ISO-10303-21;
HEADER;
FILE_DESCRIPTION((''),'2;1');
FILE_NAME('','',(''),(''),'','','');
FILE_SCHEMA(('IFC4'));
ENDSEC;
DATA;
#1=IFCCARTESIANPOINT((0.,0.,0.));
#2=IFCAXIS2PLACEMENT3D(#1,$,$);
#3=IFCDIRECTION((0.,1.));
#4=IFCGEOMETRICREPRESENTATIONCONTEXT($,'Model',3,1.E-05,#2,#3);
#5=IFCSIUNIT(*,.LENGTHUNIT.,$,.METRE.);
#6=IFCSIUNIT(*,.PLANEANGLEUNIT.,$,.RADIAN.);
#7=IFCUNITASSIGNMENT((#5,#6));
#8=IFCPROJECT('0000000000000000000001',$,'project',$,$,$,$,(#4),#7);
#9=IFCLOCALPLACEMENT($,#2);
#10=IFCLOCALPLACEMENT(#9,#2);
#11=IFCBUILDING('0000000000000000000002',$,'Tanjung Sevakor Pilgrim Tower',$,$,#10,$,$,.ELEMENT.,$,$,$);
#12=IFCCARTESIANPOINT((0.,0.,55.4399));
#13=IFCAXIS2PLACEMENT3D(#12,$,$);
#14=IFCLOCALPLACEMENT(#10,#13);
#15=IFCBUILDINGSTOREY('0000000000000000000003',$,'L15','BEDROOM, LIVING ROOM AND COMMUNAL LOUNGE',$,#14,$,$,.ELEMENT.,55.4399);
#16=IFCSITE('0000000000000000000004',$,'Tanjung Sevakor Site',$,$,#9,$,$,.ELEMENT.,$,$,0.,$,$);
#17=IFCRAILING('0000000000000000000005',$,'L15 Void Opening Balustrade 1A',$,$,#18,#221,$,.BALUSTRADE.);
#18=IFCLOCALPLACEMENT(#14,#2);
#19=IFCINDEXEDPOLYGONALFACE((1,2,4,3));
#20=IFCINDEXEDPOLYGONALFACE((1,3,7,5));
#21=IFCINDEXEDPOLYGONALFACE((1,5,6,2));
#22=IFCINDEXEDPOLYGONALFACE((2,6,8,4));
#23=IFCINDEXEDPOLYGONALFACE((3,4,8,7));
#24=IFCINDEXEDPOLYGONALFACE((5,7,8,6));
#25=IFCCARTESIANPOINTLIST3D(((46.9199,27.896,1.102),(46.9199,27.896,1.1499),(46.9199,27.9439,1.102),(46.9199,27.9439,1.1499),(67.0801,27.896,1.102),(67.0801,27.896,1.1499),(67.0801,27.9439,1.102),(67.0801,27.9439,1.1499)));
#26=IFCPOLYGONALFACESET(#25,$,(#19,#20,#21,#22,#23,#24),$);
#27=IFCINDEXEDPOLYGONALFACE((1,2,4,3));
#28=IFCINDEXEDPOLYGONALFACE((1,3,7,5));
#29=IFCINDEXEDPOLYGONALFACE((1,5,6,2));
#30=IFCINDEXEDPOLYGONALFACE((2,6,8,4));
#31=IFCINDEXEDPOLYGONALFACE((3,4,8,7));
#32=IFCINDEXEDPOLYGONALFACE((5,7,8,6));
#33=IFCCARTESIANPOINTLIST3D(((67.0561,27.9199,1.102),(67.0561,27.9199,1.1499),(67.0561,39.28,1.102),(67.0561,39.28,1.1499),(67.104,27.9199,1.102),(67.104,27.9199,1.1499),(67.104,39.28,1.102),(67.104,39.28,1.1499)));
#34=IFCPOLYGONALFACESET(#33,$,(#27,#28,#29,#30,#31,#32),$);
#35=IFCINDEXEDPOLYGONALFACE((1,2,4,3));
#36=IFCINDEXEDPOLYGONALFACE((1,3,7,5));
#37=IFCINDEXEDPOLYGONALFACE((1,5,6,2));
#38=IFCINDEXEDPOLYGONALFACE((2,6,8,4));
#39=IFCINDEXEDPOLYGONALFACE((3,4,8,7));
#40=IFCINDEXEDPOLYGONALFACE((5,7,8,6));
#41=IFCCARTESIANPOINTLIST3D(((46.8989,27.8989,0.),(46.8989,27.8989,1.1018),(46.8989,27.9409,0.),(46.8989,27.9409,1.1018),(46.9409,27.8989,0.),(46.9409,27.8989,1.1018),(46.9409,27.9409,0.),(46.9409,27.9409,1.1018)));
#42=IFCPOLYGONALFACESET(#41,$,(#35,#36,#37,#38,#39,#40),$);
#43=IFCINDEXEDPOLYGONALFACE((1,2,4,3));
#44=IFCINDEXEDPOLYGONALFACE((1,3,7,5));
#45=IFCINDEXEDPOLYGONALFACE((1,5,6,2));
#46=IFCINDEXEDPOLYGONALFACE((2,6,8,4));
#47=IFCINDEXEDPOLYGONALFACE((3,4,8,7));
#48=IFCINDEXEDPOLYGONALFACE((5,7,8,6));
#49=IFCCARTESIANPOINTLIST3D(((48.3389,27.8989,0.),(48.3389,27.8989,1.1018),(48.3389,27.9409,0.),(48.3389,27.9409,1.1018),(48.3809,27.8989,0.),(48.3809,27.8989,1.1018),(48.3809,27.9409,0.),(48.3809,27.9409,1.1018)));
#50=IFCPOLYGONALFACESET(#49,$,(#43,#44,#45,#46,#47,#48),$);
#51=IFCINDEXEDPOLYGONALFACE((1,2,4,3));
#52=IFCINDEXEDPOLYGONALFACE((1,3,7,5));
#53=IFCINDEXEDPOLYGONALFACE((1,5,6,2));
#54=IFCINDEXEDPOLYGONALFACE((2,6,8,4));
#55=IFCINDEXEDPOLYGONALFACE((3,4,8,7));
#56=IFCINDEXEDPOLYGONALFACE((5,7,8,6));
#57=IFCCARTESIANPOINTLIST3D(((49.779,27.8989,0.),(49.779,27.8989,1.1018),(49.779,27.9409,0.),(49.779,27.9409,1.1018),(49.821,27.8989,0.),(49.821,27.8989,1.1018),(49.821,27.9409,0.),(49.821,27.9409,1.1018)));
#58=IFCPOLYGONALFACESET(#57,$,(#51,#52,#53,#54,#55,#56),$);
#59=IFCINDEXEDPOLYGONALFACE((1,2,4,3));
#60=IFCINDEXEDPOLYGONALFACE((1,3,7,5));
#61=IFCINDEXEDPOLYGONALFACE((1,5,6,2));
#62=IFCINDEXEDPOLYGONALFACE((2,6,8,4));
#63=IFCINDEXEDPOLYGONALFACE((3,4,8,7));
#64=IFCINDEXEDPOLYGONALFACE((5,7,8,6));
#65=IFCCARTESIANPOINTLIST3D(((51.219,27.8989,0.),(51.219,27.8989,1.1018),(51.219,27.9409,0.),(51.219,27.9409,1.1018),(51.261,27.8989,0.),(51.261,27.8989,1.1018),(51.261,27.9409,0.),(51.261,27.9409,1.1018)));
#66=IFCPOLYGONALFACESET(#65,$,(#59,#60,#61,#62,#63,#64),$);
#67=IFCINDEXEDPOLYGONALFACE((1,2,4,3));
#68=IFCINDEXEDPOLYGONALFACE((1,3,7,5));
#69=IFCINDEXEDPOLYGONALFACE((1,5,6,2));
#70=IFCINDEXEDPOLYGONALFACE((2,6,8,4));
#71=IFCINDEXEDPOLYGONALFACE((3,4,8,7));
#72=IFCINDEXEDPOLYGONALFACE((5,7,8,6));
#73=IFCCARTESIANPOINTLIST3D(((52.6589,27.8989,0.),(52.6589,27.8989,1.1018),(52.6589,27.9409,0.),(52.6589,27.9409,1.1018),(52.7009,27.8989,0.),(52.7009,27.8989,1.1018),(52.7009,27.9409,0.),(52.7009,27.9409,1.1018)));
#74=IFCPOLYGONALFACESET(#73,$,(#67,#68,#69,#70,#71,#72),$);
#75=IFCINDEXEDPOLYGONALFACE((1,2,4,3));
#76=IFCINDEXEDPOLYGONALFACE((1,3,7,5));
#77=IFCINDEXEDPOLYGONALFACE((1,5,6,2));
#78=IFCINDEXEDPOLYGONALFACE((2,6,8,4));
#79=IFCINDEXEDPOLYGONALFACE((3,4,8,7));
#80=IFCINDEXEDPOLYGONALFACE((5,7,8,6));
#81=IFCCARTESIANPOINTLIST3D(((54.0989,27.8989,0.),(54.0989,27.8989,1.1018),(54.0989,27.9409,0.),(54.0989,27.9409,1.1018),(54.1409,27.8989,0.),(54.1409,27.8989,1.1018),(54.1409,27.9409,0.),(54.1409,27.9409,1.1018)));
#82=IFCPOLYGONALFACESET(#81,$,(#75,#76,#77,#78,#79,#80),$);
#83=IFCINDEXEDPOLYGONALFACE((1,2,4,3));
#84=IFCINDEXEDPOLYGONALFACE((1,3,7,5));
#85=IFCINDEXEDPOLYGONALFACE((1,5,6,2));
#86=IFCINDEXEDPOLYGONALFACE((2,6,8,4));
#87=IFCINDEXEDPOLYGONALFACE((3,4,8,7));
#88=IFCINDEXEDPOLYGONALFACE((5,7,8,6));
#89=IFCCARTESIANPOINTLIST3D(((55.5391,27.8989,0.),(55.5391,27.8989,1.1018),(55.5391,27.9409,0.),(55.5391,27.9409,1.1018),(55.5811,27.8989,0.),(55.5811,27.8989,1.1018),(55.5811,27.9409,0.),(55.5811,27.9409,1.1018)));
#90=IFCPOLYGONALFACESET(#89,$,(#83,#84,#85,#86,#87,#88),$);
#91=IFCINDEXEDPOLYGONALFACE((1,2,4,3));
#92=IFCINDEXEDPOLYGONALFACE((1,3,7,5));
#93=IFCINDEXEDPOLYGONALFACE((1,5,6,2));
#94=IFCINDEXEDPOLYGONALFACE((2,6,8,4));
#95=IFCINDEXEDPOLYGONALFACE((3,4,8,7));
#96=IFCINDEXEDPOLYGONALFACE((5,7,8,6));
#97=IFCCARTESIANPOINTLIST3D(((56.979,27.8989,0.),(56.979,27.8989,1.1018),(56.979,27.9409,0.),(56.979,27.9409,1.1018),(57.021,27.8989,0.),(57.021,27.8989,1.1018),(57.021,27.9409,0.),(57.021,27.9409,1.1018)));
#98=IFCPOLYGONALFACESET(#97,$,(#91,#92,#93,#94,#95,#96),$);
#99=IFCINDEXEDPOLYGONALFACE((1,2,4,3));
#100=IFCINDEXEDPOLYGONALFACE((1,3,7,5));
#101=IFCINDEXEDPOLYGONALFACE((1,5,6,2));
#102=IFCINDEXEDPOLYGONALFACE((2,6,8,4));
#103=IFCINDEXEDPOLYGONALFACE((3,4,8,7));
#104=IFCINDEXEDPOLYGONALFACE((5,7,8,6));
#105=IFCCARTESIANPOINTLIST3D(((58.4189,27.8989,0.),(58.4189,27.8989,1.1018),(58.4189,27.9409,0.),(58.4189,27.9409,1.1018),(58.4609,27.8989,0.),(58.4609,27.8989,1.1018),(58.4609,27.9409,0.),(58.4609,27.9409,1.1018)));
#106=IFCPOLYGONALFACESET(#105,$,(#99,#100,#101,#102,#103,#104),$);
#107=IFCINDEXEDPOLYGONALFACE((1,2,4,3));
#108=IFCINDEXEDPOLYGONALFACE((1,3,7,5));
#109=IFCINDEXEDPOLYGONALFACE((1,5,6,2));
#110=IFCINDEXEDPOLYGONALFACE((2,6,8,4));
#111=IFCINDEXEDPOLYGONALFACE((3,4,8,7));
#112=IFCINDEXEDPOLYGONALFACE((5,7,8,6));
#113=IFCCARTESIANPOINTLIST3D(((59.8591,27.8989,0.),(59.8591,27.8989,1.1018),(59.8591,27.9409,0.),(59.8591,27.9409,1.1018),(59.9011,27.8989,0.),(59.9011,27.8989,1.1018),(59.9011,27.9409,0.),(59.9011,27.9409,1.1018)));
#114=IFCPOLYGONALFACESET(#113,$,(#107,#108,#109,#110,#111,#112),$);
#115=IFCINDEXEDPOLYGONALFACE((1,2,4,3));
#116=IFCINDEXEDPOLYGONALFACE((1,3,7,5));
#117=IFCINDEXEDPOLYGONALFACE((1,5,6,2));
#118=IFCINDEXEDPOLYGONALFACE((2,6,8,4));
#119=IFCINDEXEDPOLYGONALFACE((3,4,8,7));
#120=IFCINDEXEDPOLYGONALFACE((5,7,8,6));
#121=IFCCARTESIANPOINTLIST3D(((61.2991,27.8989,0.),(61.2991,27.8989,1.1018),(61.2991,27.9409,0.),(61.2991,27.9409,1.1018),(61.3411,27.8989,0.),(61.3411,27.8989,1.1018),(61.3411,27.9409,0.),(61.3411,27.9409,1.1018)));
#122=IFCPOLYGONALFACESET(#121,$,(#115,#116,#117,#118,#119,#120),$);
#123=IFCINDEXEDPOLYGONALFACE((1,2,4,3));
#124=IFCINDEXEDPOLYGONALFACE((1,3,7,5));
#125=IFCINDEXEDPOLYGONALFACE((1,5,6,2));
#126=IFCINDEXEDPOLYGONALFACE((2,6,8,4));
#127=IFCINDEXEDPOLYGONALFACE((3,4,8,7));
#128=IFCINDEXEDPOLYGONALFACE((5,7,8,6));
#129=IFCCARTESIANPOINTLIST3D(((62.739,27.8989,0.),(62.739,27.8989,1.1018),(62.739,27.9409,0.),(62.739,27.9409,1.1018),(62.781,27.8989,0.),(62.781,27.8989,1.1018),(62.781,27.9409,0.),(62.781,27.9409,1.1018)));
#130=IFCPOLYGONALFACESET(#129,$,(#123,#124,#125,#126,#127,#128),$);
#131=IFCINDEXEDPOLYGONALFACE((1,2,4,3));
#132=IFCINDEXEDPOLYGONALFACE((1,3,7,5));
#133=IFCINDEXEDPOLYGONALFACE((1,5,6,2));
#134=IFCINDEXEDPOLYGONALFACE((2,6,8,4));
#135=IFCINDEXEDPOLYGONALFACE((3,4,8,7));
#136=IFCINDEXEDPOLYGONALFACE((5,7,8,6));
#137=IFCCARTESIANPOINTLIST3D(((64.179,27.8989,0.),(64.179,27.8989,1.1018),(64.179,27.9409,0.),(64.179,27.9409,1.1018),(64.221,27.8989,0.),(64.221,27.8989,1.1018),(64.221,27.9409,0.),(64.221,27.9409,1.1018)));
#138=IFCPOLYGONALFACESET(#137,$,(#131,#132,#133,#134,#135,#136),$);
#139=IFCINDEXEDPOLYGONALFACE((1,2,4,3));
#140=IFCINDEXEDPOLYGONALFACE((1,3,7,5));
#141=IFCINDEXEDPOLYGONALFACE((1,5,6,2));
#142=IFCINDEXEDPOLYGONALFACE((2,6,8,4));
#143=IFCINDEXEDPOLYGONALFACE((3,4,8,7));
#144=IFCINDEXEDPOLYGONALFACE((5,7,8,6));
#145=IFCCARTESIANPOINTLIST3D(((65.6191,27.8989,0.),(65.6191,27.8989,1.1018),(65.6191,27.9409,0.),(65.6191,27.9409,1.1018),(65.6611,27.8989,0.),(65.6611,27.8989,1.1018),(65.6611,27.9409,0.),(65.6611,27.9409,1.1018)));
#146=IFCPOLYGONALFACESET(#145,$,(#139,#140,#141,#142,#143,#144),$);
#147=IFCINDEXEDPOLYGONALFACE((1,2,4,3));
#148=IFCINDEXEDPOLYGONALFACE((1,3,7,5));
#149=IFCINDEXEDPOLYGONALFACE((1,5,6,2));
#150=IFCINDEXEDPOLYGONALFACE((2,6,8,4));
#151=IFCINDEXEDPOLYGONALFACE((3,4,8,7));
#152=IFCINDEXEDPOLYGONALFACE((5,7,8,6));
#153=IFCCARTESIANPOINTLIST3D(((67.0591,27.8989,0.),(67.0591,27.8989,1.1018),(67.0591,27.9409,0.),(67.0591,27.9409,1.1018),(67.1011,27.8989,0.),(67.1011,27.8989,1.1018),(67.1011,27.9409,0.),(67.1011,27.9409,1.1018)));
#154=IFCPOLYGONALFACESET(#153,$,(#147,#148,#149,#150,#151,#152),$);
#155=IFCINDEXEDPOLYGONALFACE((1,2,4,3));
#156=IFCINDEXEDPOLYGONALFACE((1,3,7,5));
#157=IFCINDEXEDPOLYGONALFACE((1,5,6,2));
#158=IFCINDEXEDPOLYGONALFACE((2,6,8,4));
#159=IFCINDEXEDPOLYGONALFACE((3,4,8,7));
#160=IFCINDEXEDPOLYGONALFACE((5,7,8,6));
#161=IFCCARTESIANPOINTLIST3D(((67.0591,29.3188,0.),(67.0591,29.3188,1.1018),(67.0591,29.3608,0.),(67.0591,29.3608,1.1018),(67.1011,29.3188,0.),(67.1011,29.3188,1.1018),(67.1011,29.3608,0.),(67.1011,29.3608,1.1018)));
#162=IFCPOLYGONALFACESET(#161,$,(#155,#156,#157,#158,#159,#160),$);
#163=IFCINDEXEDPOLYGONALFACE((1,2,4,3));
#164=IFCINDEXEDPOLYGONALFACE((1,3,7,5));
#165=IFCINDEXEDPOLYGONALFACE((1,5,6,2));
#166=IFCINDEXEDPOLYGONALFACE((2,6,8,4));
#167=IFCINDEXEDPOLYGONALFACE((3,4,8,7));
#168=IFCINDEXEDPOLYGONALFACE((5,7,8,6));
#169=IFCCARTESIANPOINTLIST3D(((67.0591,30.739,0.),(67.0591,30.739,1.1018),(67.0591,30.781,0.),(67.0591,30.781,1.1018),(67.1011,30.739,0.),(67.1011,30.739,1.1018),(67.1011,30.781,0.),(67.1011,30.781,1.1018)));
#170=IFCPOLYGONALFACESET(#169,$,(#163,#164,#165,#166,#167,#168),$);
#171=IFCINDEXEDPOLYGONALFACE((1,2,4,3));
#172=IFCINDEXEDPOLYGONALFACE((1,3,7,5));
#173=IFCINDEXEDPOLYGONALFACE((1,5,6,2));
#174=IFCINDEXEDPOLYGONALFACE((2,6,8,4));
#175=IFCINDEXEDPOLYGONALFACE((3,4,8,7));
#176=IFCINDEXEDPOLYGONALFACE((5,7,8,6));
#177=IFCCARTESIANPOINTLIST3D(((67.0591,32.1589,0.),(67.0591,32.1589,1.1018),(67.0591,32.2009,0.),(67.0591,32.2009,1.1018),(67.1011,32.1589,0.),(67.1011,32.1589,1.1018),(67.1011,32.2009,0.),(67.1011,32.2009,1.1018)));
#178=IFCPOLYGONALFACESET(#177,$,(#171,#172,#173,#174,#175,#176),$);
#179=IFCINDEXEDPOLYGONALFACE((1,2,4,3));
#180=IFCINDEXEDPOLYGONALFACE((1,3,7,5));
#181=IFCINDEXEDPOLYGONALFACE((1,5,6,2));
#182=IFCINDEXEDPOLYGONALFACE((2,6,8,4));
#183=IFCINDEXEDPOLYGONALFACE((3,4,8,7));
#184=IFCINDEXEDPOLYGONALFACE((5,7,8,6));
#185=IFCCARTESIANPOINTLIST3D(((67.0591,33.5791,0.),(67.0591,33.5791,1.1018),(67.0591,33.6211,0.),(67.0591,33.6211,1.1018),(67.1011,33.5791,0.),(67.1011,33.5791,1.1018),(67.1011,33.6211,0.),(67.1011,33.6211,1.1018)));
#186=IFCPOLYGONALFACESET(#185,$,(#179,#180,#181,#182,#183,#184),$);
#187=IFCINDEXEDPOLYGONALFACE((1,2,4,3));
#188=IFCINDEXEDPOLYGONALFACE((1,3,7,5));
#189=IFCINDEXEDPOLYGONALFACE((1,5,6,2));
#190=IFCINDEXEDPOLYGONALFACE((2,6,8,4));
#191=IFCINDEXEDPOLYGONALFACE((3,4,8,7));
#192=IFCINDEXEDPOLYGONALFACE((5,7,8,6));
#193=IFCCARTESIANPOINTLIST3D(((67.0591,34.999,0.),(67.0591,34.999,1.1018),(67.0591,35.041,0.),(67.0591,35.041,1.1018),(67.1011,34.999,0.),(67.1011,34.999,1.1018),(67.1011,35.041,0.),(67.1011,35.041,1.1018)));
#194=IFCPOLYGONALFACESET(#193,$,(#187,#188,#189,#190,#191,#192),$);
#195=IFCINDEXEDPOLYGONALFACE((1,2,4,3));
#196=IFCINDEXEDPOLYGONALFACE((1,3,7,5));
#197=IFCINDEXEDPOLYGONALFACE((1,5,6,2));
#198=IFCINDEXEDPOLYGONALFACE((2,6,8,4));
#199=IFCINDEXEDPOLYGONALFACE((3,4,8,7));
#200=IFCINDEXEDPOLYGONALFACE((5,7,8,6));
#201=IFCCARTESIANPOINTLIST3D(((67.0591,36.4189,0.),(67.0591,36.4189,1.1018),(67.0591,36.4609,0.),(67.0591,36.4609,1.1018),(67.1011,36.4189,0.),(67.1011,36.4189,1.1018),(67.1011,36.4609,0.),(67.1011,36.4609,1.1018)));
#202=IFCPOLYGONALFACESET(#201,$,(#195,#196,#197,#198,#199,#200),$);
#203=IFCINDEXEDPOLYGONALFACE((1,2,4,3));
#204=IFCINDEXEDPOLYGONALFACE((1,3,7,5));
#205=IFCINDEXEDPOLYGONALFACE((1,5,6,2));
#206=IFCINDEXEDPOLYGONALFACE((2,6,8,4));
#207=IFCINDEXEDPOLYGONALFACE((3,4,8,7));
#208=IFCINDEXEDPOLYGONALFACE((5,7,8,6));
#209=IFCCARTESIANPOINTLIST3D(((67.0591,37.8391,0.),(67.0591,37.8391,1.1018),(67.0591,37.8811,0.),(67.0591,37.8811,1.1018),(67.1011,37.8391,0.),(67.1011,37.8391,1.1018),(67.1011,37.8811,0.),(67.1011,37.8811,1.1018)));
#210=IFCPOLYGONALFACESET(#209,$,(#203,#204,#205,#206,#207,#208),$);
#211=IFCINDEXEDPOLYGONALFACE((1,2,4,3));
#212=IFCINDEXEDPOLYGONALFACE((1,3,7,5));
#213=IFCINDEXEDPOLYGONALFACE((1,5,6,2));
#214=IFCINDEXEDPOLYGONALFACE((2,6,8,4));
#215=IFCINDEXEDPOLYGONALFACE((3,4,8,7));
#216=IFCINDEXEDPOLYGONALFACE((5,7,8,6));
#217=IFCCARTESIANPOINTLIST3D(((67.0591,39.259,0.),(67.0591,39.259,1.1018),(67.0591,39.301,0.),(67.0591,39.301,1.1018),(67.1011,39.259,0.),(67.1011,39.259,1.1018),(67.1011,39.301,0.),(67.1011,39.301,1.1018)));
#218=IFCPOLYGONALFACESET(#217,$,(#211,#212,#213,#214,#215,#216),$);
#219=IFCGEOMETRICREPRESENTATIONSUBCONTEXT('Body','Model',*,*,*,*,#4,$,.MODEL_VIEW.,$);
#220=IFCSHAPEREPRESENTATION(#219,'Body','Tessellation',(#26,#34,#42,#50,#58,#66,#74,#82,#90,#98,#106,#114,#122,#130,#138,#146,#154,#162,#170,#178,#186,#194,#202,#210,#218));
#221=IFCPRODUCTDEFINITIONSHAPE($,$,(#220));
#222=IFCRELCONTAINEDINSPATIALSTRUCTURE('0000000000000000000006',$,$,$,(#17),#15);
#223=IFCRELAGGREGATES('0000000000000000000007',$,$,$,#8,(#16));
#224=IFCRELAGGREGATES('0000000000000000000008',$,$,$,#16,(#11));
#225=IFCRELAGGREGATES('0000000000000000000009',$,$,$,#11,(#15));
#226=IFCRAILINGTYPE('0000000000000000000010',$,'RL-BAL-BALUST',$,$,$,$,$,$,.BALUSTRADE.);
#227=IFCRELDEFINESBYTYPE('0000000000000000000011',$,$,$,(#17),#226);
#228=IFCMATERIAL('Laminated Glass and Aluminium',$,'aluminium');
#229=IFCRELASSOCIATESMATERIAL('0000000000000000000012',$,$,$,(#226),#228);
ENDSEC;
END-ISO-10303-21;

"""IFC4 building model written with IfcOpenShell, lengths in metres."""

from ifc_helpers import new_model, si_unit, direction, frame, origin, place, context, subcontext, project, spatial, rectangle, extrude, material, type_object, element, save


model = new_model("IFC4")

# Units and contexts
model_context = context("Model", 3, precision=1e-05, world=origin(), true_north=direction((0.0, 1.0)))
body_context = subcontext(model_context, "Body", "Model", "MODEL_VIEW")
ifc_project = project(units=[si_unit("LENGTHUNIT", "METRE"), si_unit("PLANEANGLEUNIT", "RADIAN")], contexts=[model_context])

# Site, building, storey
site_placement = place(None, origin())
site = spatial("IfcSite", under=ifc_project, at=site_placement, Name="Tanjung Sevakor Site", CompositionType="ELEMENT", RefElevation=0.0)
building_placement = place(site_placement, origin())
building = spatial("IfcBuilding", under=site, at=building_placement, Name="Tanjung Sevakor Pilgrim Tower", CompositionType="ELEMENT")
storey_placement = place(building_placement, frame((0.0, 0.0, 55.4399)))
storey = spatial("IfcBuildingStorey", under=building, at=storey_placement, Name="L15", Description="BEDROOM, LIVING ROOM AND COMMUNAL LOUNGE", CompositionType="ELEMENT", Elevation=55.4399)

# Railing
ifc_material_1 = material(Name="Laminated Glass and Aluminium", Category="aluminium")
railing_type = type_object("IfcRailingType", Name="RL-BAL-BALUST", PredefinedType="BALUSTRADE", material=ifc_material_1)
railing_placement = place(storey_placement, frame((46.9199, 27.9199, 0.0)))
element("IfcRailing", 1, at=railing_placement, inside=storey, type_object=railing_type, Name="L15 Void Opening Balustrade 1A", PredefinedType="BALUSTRADE", context=body_context, shape_type="SweptSolid", body=[
    extrude(rectangle(XDim=0.0479, YDim=0.0479), frame((0.0, 0.0, 1.126), z_axis=(1.0, 0.0, 0.0), x_axis=(0.0, 1.0, 0.0)), (0.0, 0.0, 1.0), 20.1602),
    extrude(rectangle(XDim=0.0479, YDim=0.0479), frame((20.1602, 0.0, 1.126), z_axis=(0.0, 1.0, 0.0), x_axis=(-1.0, 0.0, 0.0)), (0.0, 0.0, 1.0), 11.3601),
    extrude(rectangle(XDim=0.042, YDim=0.042), origin(), (0.0, 0.0, 1.0), 1.1018),
    extrude(rectangle(XDim=0.042, YDim=0.042), frame((1.4399, 0.0, 0.0)), (0.0, 0.0, 1.0), 1.1018),
    extrude(rectangle(XDim=0.042, YDim=0.042), frame((2.8801, 0.0, 0.0)), (0.0, 0.0, 1.0), 1.1018),
    extrude(rectangle(XDim=0.042, YDim=0.042), frame((4.3201, 0.0, 0.0)), (0.0, 0.0, 1.0), 1.1018),
    extrude(rectangle(XDim=0.042, YDim=0.042), frame((5.76, 0.0, 0.0)), (0.0, 0.0, 1.0), 1.1018),
    extrude(rectangle(XDim=0.042, YDim=0.042), frame((7.2, 0.0, 0.0)), (0.0, 0.0, 1.0), 1.1018),
    extrude(rectangle(XDim=0.042, YDim=0.042), frame((8.6401, 0.0, 0.0)), (0.0, 0.0, 1.0), 1.1018),
    extrude(rectangle(XDim=0.042, YDim=0.042), frame((10.0801, 0.0, 0.0)), (0.0, 0.0, 1.0), 1.1018),
    extrude(rectangle(XDim=0.042, YDim=0.042), frame((11.52, 0.0, 0.0)), (0.0, 0.0, 1.0), 1.1018),
    extrude(rectangle(XDim=0.042, YDim=0.042), frame((12.9602, 0.0, 0.0)), (0.0, 0.0, 1.0), 1.1018),
    extrude(rectangle(XDim=0.042, YDim=0.042), frame((14.4001, 0.0, 0.0)), (0.0, 0.0, 1.0), 1.1018),
    extrude(rectangle(XDim=0.042, YDim=0.042), frame((15.8401, 0.0, 0.0)), (0.0, 0.0, 1.0), 1.1018),
    extrude(rectangle(XDim=0.042, YDim=0.042), frame((17.28, 0.0, 0.0)), (0.0, 0.0, 1.0), 1.1018),
    extrude(rectangle(XDim=0.042, YDim=0.042), frame((18.7202, 0.0, 0.0)), (0.0, 0.0, 1.0), 1.1018),
    extrude(rectangle(XDim=0.042, YDim=0.042), frame((20.1602, 0.0, 0.0)), (0.0, 0.0, 1.0), 1.1018),
    extrude(rectangle(XDim=0.042, YDim=0.042), frame((20.1602, 1.4199, 0.0)), (0.0, 0.0, 1.0), 1.1018),
    extrude(rectangle(XDim=0.042, YDim=0.042), frame((20.1602, 2.8401, 0.0)), (0.0, 0.0, 1.0), 1.1018),
    extrude(rectangle(XDim=0.042, YDim=0.042), frame((20.1602, 4.26, 0.0)), (0.0, 0.0, 1.0), 1.1018),
    extrude(rectangle(XDim=0.042, YDim=0.042), frame((20.1602, 5.6802, 0.0)), (0.0, 0.0, 1.0), 1.1018),
    extrude(rectangle(XDim=0.042, YDim=0.042), frame((20.1602, 7.1001, 0.0)), (0.0, 0.0, 1.0), 1.1018),
    extrude(rectangle(XDim=0.042, YDim=0.042), frame((20.1602, 8.52, 0.0)), (0.0, 0.0, 1.0), 1.1018),
    extrude(rectangle(XDim=0.042, YDim=0.042), frame((20.1602, 9.9402, 0.0)), (0.0, 0.0, 1.0), 1.1018),
    extrude(rectangle(XDim=0.042, YDim=0.042), frame((20.1602, 11.3601, 0.0)), (0.0, 0.0, 1.0), 1.1018),
])

save(model, "model.ifc")
